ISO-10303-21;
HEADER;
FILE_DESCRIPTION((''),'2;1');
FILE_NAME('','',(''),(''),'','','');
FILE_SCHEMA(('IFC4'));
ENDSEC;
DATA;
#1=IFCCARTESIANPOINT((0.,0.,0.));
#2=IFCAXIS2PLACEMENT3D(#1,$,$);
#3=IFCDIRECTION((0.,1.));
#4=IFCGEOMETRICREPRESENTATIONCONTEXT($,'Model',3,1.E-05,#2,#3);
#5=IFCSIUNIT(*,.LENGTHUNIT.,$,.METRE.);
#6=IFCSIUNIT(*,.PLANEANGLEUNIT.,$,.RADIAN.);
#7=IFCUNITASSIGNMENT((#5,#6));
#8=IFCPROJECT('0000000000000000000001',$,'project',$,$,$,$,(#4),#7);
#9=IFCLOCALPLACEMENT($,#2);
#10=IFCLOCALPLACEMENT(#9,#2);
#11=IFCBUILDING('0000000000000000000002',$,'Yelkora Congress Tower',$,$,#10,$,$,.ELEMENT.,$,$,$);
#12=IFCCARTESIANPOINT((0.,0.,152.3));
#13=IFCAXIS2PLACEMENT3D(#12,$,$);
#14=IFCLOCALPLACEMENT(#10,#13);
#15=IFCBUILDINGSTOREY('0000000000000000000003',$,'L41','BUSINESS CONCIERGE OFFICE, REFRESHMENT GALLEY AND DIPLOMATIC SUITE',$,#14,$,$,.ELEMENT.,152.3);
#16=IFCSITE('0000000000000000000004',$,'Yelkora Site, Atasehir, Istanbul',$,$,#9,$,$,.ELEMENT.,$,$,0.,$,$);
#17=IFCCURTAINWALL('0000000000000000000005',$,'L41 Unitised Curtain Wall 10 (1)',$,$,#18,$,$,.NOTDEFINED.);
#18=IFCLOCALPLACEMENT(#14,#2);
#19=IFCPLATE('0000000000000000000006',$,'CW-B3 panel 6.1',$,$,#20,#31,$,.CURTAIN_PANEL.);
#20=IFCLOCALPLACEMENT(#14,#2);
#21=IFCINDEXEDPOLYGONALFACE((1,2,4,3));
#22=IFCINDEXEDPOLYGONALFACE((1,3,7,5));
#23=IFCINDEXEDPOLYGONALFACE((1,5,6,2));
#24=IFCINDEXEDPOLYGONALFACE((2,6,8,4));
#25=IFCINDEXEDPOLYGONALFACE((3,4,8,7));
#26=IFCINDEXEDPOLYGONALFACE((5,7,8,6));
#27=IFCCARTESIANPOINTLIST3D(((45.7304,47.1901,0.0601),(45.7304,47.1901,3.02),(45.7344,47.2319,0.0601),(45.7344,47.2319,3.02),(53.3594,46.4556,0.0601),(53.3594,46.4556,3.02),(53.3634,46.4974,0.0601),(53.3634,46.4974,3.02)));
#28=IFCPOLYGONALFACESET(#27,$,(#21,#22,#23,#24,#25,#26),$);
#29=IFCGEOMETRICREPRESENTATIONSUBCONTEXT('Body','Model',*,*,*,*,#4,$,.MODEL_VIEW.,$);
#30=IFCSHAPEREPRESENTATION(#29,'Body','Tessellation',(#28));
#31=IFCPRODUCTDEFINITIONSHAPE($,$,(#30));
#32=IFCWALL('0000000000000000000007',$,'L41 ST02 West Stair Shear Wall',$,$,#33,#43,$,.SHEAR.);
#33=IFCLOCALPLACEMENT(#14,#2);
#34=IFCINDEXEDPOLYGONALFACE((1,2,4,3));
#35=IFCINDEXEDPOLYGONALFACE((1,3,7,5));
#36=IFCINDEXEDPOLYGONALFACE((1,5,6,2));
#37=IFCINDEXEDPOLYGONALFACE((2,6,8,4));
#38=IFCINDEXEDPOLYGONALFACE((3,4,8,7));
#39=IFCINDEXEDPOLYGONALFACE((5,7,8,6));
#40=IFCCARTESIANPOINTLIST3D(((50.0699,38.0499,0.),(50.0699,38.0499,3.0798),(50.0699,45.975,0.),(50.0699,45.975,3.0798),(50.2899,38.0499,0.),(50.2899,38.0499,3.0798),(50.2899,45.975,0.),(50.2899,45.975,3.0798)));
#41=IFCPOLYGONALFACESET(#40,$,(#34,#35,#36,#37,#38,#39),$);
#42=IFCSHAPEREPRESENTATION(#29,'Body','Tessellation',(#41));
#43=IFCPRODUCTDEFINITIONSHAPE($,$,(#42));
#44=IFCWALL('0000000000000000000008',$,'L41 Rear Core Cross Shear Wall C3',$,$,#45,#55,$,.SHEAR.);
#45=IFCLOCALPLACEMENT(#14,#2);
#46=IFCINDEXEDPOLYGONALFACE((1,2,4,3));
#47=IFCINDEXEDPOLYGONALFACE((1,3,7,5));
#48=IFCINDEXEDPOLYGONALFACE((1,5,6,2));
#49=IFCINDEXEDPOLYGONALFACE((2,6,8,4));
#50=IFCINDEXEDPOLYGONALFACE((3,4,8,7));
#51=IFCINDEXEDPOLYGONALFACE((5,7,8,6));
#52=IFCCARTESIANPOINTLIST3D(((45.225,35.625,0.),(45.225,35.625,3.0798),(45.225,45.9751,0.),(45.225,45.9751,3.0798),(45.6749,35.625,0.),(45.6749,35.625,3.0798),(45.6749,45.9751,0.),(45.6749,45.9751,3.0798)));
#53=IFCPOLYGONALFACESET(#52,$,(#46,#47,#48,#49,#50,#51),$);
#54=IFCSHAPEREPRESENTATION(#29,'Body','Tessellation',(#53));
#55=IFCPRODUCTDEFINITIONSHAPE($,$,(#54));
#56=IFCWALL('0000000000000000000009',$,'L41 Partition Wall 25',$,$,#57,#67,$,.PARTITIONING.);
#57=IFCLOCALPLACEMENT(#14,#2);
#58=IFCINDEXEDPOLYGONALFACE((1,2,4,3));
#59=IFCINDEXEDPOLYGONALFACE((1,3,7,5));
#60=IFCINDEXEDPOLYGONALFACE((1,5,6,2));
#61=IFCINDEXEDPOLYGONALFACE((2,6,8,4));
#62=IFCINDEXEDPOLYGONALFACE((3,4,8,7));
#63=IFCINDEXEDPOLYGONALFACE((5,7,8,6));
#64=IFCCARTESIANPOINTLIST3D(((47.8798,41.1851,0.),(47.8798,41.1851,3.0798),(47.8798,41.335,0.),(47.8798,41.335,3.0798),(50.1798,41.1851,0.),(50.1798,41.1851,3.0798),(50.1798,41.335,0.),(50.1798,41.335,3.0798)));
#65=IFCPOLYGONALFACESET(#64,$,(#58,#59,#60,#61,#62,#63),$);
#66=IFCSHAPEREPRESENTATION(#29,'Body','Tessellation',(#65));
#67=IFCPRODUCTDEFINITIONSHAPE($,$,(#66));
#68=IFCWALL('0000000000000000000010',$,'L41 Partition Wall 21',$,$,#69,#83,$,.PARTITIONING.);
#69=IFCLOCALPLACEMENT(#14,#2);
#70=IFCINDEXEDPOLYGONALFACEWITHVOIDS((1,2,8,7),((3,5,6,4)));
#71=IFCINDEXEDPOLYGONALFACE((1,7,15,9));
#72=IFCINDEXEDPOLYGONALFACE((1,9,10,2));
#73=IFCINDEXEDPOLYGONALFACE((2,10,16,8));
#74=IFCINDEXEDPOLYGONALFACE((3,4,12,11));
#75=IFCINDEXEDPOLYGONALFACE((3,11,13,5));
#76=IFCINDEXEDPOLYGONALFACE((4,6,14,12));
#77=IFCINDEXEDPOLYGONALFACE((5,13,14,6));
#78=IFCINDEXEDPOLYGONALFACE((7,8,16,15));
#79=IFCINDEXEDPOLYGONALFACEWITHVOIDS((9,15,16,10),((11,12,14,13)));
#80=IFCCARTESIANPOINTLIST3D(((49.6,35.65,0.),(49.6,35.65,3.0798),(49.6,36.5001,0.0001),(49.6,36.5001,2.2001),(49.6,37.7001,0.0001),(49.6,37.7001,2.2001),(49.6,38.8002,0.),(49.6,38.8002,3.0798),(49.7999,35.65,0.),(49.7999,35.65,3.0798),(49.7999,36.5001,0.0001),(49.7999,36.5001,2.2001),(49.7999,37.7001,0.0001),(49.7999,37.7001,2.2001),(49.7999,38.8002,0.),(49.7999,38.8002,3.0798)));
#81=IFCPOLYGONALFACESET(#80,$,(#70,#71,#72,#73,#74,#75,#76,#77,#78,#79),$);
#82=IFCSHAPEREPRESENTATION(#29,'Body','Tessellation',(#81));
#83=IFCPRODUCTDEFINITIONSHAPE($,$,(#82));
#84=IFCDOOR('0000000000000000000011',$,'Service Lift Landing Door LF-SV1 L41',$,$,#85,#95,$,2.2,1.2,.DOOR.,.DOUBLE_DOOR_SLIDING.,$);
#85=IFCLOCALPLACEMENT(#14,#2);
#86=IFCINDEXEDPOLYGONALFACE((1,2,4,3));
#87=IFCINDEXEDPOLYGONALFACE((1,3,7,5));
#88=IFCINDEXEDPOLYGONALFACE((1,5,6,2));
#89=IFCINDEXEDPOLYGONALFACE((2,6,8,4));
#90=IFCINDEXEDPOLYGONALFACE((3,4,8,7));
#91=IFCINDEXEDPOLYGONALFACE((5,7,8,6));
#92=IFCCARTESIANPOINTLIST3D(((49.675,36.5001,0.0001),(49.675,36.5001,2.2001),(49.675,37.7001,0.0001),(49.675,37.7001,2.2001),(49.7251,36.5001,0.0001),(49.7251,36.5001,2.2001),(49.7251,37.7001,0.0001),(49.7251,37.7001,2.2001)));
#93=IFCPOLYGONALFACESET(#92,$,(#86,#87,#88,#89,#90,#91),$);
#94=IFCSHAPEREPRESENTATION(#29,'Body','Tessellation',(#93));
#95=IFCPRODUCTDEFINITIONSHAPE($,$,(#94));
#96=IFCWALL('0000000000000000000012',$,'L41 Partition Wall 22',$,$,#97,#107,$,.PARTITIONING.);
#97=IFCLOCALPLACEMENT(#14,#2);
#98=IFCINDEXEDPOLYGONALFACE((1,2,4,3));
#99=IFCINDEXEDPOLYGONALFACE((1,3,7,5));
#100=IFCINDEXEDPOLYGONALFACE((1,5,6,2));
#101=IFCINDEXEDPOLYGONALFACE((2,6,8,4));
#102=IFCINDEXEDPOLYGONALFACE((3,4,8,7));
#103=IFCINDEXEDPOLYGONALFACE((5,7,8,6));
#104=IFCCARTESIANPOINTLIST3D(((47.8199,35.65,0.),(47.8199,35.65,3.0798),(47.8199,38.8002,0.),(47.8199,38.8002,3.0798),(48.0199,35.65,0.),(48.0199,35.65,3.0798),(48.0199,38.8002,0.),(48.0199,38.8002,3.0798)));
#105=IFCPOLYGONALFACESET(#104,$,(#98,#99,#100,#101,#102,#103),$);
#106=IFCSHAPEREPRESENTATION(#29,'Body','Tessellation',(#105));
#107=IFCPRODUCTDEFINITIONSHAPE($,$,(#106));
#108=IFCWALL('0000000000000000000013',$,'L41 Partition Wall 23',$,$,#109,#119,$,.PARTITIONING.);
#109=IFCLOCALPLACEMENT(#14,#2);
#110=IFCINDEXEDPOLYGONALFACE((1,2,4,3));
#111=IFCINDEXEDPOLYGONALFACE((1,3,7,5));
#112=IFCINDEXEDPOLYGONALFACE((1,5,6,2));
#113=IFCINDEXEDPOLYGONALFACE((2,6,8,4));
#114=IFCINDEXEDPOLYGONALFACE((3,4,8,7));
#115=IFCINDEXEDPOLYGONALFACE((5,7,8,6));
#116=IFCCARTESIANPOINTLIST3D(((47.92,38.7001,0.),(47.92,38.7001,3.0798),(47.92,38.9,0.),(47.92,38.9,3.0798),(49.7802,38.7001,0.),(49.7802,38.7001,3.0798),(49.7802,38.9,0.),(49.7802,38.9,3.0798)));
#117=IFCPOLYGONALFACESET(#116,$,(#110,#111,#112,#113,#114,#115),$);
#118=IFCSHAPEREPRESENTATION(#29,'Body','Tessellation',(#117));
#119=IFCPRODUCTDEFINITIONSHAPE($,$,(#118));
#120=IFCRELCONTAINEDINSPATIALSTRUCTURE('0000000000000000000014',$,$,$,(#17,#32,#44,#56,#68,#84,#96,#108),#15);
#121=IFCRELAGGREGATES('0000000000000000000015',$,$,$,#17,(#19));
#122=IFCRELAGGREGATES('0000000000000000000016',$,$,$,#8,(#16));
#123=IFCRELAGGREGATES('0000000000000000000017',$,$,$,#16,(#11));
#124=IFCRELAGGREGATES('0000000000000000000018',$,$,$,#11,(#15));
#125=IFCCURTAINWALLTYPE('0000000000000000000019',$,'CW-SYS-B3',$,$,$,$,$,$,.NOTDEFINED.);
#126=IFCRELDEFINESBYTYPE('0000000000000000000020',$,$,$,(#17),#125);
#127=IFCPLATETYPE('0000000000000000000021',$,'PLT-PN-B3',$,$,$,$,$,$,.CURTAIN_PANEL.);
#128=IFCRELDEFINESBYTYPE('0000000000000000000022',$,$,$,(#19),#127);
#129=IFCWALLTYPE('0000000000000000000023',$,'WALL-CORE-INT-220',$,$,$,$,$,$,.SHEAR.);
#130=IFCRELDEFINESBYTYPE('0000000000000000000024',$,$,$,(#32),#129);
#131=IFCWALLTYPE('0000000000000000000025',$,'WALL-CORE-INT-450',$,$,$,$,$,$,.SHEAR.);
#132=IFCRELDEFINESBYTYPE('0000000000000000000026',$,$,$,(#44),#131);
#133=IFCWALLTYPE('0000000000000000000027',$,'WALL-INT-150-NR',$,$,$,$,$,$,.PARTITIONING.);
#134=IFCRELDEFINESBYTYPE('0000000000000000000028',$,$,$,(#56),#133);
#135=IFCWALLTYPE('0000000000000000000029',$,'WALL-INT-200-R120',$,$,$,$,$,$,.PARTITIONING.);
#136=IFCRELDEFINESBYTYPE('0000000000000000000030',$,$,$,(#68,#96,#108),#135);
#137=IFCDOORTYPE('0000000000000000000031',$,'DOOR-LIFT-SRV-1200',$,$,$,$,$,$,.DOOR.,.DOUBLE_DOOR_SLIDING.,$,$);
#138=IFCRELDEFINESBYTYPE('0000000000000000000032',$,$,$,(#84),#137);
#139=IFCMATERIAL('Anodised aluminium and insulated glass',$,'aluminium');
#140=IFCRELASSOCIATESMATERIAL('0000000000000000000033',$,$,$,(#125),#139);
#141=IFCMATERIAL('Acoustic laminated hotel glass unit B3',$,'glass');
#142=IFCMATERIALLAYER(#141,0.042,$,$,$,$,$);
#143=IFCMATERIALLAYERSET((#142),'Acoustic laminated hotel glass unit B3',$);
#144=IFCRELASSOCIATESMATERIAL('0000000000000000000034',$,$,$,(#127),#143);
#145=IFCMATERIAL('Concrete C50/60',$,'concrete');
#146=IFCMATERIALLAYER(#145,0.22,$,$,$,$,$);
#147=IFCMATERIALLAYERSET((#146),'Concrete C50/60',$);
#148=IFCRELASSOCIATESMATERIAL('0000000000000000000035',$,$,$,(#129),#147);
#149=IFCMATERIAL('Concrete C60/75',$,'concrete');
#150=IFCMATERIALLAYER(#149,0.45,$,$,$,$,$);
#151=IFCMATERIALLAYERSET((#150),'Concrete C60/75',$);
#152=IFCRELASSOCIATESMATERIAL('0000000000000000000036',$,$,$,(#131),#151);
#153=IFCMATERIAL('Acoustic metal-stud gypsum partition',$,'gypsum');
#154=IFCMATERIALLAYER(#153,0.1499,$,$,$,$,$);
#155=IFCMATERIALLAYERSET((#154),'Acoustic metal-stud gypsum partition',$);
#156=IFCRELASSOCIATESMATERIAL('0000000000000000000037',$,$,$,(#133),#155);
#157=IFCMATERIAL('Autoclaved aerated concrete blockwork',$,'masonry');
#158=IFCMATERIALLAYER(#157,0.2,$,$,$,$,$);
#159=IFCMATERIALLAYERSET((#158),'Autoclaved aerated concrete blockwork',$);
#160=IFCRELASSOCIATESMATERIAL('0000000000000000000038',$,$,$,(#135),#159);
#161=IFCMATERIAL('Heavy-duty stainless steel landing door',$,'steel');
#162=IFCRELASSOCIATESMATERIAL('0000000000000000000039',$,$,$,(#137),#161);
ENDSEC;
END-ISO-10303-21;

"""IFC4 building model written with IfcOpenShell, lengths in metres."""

from ifc_helpers import new_model, si_unit, direction, frame, frame_2d, origin, origin_2d, place, context, subcontext, project, spatial, rectangle, extrude, material, layer, layer_set, type_object, element, fill, aggregate, save


model = new_model("IFC4")

# Units and contexts
model_context = context("Model", 3, precision=1e-05, world=origin(), true_north=direction((0.0, 1.0)))
body_context = subcontext(model_context, "Body", "Model", "MODEL_VIEW")
ifc_project = project(units=[si_unit("LENGTHUNIT", "METRE"), si_unit("PLANEANGLEUNIT", "RADIAN")], contexts=[model_context])

# Site, building, storey
site_placement = place(None, origin())
site = spatial("IfcSite", under=ifc_project, at=site_placement, Name="Yelkora Site, Atasehir, Istanbul", CompositionType="ELEMENT", RefElevation=0.0)
building_placement = place(site_placement, origin())
building = spatial("IfcBuilding", under=site, at=building_placement, Name="Yelkora Congress Tower", CompositionType="ELEMENT")
storey_placement = place(building_placement, frame((0.0, 0.0, 152.3)))
storey = spatial("IfcBuildingStorey", under=building, at=storey_placement, Name="L41", Description="BUSINESS CONCIERGE OFFICE, REFRESHMENT GALLEY AND DIPLOMATIC SUITE", CompositionType="ELEMENT", Elevation=152.3)

# Curtain wall, plate
ifc_material_1 = material(Name="Anodised aluminium and insulated glass", Category="aluminium")
curtain_wall_type = type_object("IfcCurtainWallType", Name="CW-SYS-B3", PredefinedType="NOTDEFINED", material=ifc_material_1)
curtain_wall_placement = place(storey_placement, origin())
curtain_wall = element("IfcCurtainWall", 1, at=curtain_wall_placement, inside=storey, type_object=curtain_wall_type, Name="L41 Unitised Curtain Wall 10 (1)", PredefinedType="NOTDEFINED")
ifc_material_2 = material(Name="Acoustic laminated hotel glass unit B3", Category="glass")
ifc_layer_1 = layer(ifc_material_2, 0.042)
ifc_layer_set_1 = layer_set([ifc_layer_1], Name="Acoustic laminated hotel glass unit B3")
plate_type = type_object("IfcPlateType", Name="PLT-PN-B3", PredefinedType="CURTAIN_PANEL", material=ifc_layer_set_1)
plate_placement = place(storey_placement, frame((49.5469, 46.8438, 0.0601), z_axis=(0.0, 0.0, 1.0), x_axis=(0.995396, -0.095845, 0.0)))
plate = element("IfcPlate", 2, at=plate_placement, type_object=plate_type, Name="CW-B3 panel 6.1", PredefinedType="CURTAIN_PANEL", context=body_context, shape_type="SweptSolid", body=[
    extrude(rectangle(XDim=7.6643, YDim=0.042, at=origin_2d()), origin(), (0.0, 0.0, 1.0), 2.96),
])
aggregate(curtain_wall, [plate])

# Walls
ifc_material_3 = material(Name="Concrete C50/60", Category="concrete")
ifc_layer_2 = layer(ifc_material_3, 0.22)
ifc_layer_set_2 = layer_set([ifc_layer_2], Name="Concrete C50/60")
wall_type_1 = type_object("IfcWallType", Name="WALL-CORE-INT-220", PredefinedType="SHEAR", material=ifc_layer_set_2)
wall_1_placement = place(storey_placement, frame((50.1799, 38.05, 0.0), z_axis=(0.0, 0.0, 1.0), x_axis=(0.0, 1.0, 0.0)))
element("IfcWall", 3, at=wall_1_placement, inside=storey, type_object=wall_type_1, Name="L41 ST02 West Stair Shear Wall", PredefinedType="SHEAR", context=body_context, shape_type="SweptSolid", body=[
    extrude(rectangle(XDim=7.925, YDim=0.22, at=frame_2d((3.9624, 0.0))), origin(), (0.0, 0.0, 1.0), 3.0798),
])
ifc_material_4 = material(Name="Concrete C60/75", Category="concrete")
ifc_layer_3 = layer(ifc_material_4, 0.45)
ifc_layer_set_3 = layer_set([ifc_layer_3], Name="Concrete C60/75")
wall_type_2 = type_object("IfcWallType", Name="WALL-CORE-INT-450", PredefinedType="SHEAR", material=ifc_layer_set_3)
wall_2_placement = place(storey_placement, frame((45.45, 35.625, 0.0), z_axis=(0.0, 0.0, 1.0), x_axis=(0.0, 1.0, 0.0)))
element("IfcWall", 4, at=wall_2_placement, inside=storey, type_object=wall_type_2, Name="L41 Rear Core Cross Shear Wall C3", PredefinedType="SHEAR", context=body_context, shape_type="SweptSolid", body=[
    extrude(rectangle(XDim=10.3501, YDim=0.45, at=frame_2d((5.175, 0.0))), origin(), (0.0, 0.0, 1.0), 3.0798),
])

# Shared definitions
ifc_material_5 = material(Name="Acoustic metal-stud gypsum partition", Category="gypsum")
ifc_layer_4 = layer(ifc_material_5, 0.1499)
ifc_layer_set_4 = layer_set([ifc_layer_4], Name="Acoustic metal-stud gypsum partition")
wall_type_3 = type_object("IfcWallType", Name="WALL-INT-150-NR", PredefinedType="PARTITIONING", material=ifc_layer_set_4)

# Wall
wall_3_placement = place(storey_placement, frame((47.8799, 41.26, 0.0), z_axis=(0.0, 0.0, 1.0), x_axis=(1.0, 0.0, 0.0)))
element("IfcWall", 5, at=wall_3_placement, inside=storey, type_object=wall_type_3, Name="L41 Partition Wall 25", PredefinedType="PARTITIONING", context=body_context, shape_type="SweptSolid", body=[
    extrude(rectangle(XDim=2.3, YDim=0.1499, at=frame_2d((1.1499, 0.0))), origin(), (0.0, 0.0, 1.0), 3.0798),
])

# Wall, opening, door
ifc_material_6 = material(Name="Autoclaved aerated concrete blockwork", Category="masonry")
ifc_layer_5 = layer(ifc_material_6, 0.2)
ifc_layer_set_5 = layer_set([ifc_layer_5], Name="Autoclaved aerated concrete blockwork")
wall_type_4 = type_object("IfcWallType", Name="WALL-INT-200-R120", PredefinedType="PARTITIONING", material=ifc_layer_set_5)
wall_4_placement = place(storey_placement, frame((49.7, 35.6499, 0.0), z_axis=(0.0, 0.0, 1.0), x_axis=(0.0, 1.0, 0.0)))
wall_4 = element("IfcWall", 6, at=wall_4_placement, inside=storey, type_object=wall_type_4, Name="L41 Partition Wall 21", PredefinedType="PARTITIONING", context=body_context, shape_type="SweptSolid", body=[
    extrude(rectangle(XDim=3.1501, YDim=0.2, at=frame_2d((1.5752, 0.0))), origin(), (0.0, 0.0, 1.0), 3.0798),
])
opening_1_placement = place(wall_4_placement, frame((0.8501, 0.0, 0.0)))
opening_1 = element("IfcOpeningElement", 7, at=opening_1_placement, cuts=wall_4, PredefinedType="OPENING", context=body_context, shape_type="SweptSolid", body=[
    extrude(rectangle(XDim=1.2, YDim=2.2, at=frame_2d((0.6001, 1.1001))), frame((0.0, 0.1099, 0.0), z_axis=(0.0, -1.0, 0.0), x_axis=(1.0, 0.0, 0.0)), (0.0, 0.0, 1.0), 0.22),
])
ifc_material_7 = material(Name="Heavy-duty stainless steel landing door", Category="steel")
door_type_1 = type_object("IfcDoorType", Name="DOOR-LIFT-SRV-1200", OperationType="DOUBLE_DOOR_SLIDING", PredefinedType="DOOR", material=ifc_material_7)
door_1_placement = place(opening_1_placement, origin())
door_1 = element("IfcDoor", 8, at=door_1_placement, inside=storey, type_object=door_type_1, Name="Service Lift Landing Door LF-SV1 L41", OperationType="DOUBLE_DOOR_SLIDING", OverallHeight=2.2, OverallWidth=1.2, PredefinedType="DOOR", context=body_context, shape_type="SweptSolid", body=[
    extrude(rectangle(XDim=1.2, YDim=2.2, at=frame_2d((0.6001, 1.1001))), frame((0.0, 0.0249, 0.0), z_axis=(0.0, -1.0, 0.0), x_axis=(1.0, 0.0, 0.0)), (0.0, 0.0, 1.0), 0.05),
])
fill(opening_1, door_1)

# Walls
wall_5_placement = place(storey_placement, frame((47.9199, 35.6499, 0.0), z_axis=(0.0, 0.0, 1.0), x_axis=(0.0, 1.0, 0.0)))
element("IfcWall", 9, at=wall_5_placement, inside=storey, type_object=wall_type_4, Name="L41 Partition Wall 22", PredefinedType="PARTITIONING", context=body_context, shape_type="SweptSolid", body=[
    extrude(rectangle(XDim=3.1501, YDim=0.2, at=frame_2d((1.5752, 0.0))), origin(), (0.0, 0.0, 1.0), 3.0798),
])
wall_6_placement = place(storey_placement, frame((47.9199, 38.8, 0.0), z_axis=(0.0, 0.0, 1.0), x_axis=(1.0, 0.0, 0.0)))
element("IfcWall", 10, at=wall_6_placement, inside=storey, type_object=wall_type_4, Name="L41 Partition Wall 23", PredefinedType="PARTITIONING", context=body_context, shape_type="SweptSolid", body=[
    extrude(rectangle(XDim=1.8601, YDim=0.2, at=frame_2d((0.9302, 0.0))), origin(), (0.0, 0.0, 1.0), 3.0798),
])

save(model, "model.ifc")
